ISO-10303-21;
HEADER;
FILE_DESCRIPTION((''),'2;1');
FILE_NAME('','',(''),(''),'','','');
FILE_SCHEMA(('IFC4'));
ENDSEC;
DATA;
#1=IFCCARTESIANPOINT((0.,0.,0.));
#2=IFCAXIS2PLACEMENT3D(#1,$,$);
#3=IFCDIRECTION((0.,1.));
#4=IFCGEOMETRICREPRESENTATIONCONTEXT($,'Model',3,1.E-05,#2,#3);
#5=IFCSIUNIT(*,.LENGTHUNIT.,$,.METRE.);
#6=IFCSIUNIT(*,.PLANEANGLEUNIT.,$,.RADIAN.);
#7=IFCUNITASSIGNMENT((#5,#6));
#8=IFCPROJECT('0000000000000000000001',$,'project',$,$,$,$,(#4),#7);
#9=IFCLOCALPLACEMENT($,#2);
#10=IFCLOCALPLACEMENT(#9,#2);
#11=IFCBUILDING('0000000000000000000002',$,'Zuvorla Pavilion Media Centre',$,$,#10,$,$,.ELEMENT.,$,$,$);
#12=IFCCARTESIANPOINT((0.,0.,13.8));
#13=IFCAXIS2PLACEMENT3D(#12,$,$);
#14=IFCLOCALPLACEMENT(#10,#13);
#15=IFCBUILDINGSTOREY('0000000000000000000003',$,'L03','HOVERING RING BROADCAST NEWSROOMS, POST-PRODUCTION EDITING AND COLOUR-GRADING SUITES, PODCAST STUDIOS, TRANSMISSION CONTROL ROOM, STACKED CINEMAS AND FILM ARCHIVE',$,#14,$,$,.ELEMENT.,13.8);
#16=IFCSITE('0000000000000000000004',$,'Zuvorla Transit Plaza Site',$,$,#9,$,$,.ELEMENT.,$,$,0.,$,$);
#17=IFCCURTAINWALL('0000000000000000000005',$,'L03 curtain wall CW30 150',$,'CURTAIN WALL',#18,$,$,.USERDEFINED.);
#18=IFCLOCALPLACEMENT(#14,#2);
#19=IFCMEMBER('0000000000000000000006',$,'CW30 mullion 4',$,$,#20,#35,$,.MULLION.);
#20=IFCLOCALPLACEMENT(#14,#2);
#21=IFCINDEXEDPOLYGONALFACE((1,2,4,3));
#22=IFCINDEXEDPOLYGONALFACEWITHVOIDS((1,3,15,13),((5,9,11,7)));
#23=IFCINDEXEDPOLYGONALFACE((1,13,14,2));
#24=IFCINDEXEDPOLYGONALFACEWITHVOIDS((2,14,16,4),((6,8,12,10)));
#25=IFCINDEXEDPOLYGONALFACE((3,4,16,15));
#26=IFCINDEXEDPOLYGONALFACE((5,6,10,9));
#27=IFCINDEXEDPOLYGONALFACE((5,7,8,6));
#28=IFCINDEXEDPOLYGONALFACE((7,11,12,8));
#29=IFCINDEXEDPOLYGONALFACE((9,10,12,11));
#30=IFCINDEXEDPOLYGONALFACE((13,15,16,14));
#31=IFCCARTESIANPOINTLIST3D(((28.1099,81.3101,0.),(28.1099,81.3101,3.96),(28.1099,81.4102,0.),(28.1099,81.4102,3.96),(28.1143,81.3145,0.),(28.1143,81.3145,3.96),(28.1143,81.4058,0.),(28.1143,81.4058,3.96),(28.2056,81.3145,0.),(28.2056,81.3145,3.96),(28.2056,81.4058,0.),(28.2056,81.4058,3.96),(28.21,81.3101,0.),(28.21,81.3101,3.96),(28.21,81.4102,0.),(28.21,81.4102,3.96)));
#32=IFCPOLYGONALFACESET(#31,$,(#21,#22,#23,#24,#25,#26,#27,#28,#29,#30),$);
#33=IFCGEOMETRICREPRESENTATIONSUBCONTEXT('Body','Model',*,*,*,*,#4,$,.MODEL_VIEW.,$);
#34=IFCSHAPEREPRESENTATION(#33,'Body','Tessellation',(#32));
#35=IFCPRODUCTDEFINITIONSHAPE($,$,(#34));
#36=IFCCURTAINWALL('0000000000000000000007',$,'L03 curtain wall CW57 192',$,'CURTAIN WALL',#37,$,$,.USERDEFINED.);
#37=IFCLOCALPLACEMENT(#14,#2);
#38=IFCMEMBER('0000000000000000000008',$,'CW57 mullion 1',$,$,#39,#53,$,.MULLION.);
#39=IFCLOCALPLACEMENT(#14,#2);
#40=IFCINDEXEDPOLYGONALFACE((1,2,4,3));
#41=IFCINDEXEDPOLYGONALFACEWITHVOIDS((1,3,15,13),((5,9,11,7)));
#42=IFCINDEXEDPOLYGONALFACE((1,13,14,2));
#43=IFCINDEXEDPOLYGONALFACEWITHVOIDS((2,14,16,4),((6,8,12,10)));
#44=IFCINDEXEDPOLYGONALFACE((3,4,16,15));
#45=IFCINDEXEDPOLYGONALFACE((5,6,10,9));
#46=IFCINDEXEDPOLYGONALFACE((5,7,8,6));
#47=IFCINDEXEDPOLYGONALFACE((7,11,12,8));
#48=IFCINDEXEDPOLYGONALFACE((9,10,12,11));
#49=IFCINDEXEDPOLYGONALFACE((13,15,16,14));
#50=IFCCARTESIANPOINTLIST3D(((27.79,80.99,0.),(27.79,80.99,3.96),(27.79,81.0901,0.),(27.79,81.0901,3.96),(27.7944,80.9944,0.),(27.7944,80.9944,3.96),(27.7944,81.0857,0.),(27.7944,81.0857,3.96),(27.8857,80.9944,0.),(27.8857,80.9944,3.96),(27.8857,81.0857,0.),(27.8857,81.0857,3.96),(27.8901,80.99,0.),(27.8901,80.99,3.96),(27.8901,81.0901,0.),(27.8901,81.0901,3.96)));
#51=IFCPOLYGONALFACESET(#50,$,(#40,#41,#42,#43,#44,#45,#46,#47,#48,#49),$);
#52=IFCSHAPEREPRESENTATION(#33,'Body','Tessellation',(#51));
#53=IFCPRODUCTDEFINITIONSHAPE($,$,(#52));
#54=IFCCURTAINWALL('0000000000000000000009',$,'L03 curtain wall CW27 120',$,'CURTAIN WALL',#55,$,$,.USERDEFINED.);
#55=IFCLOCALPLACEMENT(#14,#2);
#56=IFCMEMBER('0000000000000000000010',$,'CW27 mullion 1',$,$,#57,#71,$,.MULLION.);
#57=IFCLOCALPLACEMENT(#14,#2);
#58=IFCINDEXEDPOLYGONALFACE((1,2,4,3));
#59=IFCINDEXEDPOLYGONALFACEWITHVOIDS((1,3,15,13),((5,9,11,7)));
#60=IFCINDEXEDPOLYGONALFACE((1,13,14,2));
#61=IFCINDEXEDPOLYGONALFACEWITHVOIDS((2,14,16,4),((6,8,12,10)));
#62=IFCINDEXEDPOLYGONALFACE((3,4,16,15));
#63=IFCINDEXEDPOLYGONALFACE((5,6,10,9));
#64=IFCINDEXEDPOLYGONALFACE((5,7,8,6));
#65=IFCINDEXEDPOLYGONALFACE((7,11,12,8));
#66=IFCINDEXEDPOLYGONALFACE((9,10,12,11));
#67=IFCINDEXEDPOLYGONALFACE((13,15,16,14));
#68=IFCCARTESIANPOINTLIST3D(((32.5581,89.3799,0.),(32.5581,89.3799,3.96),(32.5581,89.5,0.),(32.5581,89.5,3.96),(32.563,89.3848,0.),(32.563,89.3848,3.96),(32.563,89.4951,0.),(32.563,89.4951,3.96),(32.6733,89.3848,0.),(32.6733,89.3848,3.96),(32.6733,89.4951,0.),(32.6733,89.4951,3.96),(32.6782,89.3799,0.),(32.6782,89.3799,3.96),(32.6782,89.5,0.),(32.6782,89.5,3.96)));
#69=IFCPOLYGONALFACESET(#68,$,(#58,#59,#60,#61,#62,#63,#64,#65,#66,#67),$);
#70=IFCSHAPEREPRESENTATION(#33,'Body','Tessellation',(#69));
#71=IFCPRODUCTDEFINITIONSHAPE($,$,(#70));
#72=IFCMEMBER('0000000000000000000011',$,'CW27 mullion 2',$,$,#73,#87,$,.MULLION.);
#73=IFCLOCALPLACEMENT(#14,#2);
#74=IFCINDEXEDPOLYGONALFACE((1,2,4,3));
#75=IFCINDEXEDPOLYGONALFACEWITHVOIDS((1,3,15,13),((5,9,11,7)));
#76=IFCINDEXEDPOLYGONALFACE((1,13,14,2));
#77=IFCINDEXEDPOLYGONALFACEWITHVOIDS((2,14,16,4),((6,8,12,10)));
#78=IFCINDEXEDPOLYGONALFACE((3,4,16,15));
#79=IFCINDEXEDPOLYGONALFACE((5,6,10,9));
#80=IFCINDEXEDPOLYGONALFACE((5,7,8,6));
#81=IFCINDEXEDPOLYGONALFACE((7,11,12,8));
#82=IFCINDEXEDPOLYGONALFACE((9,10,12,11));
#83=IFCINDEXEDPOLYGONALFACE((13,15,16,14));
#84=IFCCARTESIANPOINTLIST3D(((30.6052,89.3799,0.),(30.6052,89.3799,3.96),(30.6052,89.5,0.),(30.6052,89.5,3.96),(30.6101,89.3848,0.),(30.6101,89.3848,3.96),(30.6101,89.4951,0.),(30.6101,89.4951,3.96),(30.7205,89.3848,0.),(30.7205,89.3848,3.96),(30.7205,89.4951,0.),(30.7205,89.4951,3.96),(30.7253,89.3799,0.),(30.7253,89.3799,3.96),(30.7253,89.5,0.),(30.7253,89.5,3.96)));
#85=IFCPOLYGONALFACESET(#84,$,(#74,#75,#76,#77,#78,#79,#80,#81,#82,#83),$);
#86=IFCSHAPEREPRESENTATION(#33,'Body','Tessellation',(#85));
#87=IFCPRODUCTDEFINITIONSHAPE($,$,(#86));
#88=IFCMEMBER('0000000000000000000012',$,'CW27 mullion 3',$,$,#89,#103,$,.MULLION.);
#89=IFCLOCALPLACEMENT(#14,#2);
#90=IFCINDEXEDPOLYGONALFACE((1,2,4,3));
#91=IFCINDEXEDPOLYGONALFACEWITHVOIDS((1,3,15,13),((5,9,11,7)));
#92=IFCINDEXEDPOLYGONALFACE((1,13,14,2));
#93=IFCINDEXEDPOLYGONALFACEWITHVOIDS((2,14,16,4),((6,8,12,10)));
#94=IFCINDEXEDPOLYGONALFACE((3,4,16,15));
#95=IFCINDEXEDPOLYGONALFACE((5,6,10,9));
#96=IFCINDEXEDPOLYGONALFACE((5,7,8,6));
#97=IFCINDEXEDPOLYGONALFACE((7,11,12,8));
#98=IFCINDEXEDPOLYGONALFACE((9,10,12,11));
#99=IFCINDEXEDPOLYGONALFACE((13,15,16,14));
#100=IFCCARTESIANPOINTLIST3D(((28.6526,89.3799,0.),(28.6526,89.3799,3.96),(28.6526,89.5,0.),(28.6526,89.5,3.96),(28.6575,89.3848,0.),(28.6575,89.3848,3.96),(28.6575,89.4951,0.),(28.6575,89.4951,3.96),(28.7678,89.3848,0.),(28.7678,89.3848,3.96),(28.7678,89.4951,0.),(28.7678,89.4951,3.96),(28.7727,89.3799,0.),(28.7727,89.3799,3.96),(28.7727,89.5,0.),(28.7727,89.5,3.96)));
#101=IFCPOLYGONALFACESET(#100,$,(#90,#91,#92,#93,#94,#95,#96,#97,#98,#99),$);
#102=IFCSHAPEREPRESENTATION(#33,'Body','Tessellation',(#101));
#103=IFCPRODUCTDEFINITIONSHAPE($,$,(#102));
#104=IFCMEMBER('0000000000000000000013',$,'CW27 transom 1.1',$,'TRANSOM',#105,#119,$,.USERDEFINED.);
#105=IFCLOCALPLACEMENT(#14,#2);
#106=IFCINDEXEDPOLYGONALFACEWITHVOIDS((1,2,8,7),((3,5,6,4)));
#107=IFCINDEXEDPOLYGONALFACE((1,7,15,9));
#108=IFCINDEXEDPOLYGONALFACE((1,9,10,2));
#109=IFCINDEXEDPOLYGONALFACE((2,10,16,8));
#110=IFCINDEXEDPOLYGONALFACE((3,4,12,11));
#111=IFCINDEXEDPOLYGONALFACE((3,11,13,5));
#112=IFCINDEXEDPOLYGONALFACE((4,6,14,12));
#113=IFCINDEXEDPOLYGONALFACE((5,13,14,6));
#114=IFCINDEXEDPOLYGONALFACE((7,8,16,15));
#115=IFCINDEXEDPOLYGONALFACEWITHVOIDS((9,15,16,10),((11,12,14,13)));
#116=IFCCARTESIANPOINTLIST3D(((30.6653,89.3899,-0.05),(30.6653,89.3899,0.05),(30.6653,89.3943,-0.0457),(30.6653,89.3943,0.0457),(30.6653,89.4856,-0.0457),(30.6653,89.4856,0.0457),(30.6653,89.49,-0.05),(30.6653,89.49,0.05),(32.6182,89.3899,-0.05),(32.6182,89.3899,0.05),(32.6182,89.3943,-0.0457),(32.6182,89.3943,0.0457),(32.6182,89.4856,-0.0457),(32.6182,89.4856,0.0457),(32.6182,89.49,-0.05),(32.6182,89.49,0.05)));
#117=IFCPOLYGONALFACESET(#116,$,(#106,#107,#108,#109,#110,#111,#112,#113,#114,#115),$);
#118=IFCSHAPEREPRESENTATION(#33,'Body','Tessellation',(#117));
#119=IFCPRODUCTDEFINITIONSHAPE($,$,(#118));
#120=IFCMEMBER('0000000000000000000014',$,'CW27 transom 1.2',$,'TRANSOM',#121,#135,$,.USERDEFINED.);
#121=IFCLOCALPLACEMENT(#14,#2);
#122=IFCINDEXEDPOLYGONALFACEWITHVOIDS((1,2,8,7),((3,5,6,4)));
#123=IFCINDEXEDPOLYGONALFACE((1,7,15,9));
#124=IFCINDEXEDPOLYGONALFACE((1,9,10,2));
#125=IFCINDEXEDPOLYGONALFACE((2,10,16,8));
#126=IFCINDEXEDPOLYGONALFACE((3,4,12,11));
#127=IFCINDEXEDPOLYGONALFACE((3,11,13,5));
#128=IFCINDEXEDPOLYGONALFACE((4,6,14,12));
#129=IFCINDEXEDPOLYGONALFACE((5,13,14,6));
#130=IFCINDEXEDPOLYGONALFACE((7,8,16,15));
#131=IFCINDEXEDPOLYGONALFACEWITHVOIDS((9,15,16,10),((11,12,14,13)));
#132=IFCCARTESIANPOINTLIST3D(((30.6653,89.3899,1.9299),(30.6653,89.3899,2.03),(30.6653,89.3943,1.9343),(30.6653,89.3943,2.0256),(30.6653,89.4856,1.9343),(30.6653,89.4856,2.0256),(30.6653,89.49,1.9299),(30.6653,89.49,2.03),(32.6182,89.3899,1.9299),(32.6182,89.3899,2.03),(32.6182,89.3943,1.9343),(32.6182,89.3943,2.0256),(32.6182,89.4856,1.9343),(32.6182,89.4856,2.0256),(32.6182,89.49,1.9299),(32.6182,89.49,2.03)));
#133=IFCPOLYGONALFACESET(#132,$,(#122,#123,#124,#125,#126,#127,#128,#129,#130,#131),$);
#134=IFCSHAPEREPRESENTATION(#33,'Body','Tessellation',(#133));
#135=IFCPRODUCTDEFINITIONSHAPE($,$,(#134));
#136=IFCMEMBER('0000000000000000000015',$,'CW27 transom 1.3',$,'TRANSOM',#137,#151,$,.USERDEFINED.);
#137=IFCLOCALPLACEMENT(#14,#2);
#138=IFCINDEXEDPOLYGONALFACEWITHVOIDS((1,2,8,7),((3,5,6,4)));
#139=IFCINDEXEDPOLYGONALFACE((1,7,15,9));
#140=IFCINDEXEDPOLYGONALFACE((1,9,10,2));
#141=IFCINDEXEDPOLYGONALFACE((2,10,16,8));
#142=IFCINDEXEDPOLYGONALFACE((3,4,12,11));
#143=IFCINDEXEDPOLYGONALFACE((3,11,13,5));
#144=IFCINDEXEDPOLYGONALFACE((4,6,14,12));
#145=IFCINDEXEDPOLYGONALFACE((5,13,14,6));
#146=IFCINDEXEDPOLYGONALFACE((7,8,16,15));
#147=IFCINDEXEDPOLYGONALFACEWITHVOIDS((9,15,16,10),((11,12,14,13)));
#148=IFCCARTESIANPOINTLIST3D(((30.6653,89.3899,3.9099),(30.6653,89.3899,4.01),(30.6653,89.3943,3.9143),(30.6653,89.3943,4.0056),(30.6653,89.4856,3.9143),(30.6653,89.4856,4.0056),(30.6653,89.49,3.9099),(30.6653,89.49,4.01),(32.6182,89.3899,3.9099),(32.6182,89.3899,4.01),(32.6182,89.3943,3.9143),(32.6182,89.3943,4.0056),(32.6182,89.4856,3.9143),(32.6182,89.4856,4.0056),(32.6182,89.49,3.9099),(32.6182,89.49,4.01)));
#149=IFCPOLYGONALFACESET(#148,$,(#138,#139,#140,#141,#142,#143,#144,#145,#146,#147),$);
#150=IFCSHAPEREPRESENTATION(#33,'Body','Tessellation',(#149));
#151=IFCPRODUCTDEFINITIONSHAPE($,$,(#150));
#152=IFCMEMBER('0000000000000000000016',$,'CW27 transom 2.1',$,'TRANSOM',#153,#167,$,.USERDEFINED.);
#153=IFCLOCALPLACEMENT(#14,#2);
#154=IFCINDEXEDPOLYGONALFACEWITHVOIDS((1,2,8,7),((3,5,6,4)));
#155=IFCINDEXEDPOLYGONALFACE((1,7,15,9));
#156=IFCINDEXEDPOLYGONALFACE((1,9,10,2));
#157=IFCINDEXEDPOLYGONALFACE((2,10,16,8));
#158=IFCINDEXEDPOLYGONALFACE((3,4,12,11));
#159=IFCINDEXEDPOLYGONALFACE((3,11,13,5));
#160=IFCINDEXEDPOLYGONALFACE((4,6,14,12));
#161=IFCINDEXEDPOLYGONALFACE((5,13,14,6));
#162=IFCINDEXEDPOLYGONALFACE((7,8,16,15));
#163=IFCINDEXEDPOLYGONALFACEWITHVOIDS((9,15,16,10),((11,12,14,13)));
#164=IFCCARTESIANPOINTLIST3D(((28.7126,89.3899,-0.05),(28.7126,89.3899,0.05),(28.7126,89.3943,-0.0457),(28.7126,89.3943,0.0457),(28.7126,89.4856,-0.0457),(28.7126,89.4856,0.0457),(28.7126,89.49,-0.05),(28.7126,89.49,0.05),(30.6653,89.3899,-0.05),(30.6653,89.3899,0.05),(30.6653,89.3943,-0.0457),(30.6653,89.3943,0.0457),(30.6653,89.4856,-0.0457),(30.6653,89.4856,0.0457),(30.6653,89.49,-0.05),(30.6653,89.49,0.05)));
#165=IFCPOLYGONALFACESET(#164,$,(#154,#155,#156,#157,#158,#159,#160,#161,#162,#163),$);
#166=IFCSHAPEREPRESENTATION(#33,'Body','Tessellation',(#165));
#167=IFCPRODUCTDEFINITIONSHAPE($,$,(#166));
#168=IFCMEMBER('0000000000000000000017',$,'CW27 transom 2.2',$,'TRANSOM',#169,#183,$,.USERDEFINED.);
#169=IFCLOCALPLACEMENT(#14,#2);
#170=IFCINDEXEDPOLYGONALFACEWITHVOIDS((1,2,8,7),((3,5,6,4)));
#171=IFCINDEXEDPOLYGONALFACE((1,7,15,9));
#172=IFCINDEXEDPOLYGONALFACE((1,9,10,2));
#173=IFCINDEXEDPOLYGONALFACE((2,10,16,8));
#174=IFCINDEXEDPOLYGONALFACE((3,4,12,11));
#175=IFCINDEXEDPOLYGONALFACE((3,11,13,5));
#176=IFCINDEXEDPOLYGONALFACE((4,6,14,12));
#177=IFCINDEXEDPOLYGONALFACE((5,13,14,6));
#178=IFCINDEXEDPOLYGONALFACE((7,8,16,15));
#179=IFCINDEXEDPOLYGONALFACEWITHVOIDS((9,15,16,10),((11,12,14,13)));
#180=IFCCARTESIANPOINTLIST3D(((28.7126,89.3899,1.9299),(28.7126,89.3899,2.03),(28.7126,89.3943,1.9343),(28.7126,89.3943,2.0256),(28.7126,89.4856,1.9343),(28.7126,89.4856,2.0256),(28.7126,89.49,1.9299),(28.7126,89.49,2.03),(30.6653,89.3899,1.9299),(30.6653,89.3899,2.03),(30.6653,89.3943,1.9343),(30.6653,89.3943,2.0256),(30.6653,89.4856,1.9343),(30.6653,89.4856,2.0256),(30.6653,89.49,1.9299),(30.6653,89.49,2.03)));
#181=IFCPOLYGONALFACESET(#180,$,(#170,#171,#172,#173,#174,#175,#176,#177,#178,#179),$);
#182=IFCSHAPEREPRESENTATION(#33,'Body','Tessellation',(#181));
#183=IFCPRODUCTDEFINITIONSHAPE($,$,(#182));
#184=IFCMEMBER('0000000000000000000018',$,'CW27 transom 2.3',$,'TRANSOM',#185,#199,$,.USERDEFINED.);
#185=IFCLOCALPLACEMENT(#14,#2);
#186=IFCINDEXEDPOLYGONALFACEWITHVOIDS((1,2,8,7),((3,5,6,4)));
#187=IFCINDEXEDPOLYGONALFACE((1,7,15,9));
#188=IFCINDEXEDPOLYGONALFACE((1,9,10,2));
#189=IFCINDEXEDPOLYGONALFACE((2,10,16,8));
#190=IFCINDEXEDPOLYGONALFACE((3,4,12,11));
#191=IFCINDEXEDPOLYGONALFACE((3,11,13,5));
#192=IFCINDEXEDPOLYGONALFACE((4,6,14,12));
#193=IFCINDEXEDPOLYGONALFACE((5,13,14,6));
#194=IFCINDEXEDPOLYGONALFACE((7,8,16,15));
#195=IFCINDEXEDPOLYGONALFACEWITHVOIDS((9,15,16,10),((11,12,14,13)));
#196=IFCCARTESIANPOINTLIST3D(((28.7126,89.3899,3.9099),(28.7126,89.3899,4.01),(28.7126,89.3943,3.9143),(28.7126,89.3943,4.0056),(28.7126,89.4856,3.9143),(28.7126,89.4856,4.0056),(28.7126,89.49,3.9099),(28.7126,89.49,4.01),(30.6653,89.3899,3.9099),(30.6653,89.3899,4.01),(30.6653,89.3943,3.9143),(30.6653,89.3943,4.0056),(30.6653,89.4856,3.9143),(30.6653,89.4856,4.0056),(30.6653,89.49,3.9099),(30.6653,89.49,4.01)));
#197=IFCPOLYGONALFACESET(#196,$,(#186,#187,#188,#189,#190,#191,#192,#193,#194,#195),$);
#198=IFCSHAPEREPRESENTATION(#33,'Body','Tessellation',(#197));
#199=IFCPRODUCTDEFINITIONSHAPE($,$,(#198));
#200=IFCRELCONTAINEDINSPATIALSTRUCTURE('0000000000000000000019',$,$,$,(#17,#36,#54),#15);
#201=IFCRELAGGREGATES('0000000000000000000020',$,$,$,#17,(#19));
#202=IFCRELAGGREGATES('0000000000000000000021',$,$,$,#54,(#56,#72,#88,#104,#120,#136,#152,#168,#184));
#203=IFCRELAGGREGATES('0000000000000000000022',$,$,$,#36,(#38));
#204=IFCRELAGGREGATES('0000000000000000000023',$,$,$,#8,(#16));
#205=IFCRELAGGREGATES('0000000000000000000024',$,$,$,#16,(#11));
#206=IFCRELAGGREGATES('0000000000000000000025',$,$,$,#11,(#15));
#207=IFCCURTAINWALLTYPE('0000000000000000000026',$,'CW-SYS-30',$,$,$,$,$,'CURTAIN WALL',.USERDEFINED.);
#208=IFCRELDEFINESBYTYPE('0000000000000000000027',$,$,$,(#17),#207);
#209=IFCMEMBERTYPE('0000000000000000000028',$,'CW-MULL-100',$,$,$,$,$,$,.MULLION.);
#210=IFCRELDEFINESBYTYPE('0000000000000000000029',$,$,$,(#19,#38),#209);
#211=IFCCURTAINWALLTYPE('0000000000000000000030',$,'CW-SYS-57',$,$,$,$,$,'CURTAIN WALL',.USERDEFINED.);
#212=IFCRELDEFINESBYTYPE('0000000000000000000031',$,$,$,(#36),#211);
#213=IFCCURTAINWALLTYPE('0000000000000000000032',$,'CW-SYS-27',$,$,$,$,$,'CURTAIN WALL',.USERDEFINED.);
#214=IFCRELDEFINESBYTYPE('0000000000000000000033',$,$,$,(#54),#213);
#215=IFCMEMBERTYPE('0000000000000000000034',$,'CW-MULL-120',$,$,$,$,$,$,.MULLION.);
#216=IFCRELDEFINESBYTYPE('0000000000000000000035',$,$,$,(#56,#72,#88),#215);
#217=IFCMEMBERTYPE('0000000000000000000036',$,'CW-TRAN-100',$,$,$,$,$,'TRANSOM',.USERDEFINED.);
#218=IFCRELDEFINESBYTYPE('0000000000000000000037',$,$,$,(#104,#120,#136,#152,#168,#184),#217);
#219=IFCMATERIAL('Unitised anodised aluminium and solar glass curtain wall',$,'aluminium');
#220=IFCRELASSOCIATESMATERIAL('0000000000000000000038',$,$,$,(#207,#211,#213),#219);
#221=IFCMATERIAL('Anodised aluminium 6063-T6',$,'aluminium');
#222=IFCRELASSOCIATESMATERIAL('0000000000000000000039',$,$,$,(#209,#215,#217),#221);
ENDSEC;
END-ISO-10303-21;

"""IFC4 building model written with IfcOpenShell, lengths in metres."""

from ifc_helpers import new_model, si_unit, direction, frame, origin, origin_2d, place, context, subcontext, project, spatial, hollow_rectangle, extrude, material, material_profile, profile_set, type_object, element, aggregate, save


model = new_model("IFC4")

# Units and contexts
model_context = context("Model", 3, precision=1e-05, world=origin(), true_north=direction((0.0, 1.0)))
body_context = subcontext(model_context, "Body", "Model", "MODEL_VIEW")
ifc_project = project(units=[si_unit("LENGTHUNIT", "METRE"), si_unit("PLANEANGLEUNIT", "RADIAN")], contexts=[model_context])

# Site, building, storey
site_placement = place(None, origin())
site = spatial("IfcSite", under=ifc_project, at=site_placement, Name="Zuvorla Transit Plaza Site", CompositionType="ELEMENT", RefElevation=0.0)
building_placement = place(site_placement, origin())
building = spatial("IfcBuilding", under=site, at=building_placement, Name="Zuvorla Pavilion Media Centre", CompositionType="ELEMENT")
storey_placement = place(building_placement, frame((0.0, 0.0, 13.8)))
storey = spatial("IfcBuildingStorey", under=building, at=storey_placement, Name="L03", Description="HOVERING RING BROADCAST NEWSROOMS, POST-PRODUCTION EDITING AND COLOUR-GRADING SUITES, PODCAST STUDIOS, TRANSMISSION CONTROL ROOM, STACKED CINEMAS AND FILM ARCHIVE", CompositionType="ELEMENT", Elevation=13.8)

# Curtain wall, member
ifc_material_1 = material(Name="Unitised anodised aluminium and solar glass curtain wall", Category="aluminium")
curtain_wall_type_1 = type_object("IfcCurtainWallType", Name="CW-SYS-30", ElementType="CURTAIN WALL", PredefinedType="USERDEFINED", material=ifc_material_1)
curtain_wall_1_placement = place(storey_placement, origin())
curtain_wall_1 = element("IfcCurtainWall", 1, at=curtain_wall_1_placement, inside=storey, type_object=curtain_wall_type_1, Name="L03 curtain wall CW30 150", ObjectType="CURTAIN WALL", PredefinedType="USERDEFINED")
ifc_material_2 = material(Name="Anodised aluminium 6063-T6", Category="aluminium")
ifc_material_profile_1 = material_profile(ifc_material_2, hollow_rectangle(XDim=0.1001, YDim=0.1001, WallThickness=0.0044, at=origin_2d()), Name="ALU MULL 100x100")
ifc_profile_set_1 = profile_set([ifc_material_profile_1], Name="Anodised aluminium 6063-T6")
member_type_1 = type_object("IfcMemberType", Name="CW-MULL-100", PredefinedType="MULLION", material=ifc_profile_set_1)
member_1_placement = place(storey_placement, frame((28.1599, 81.3601, 0.0), z_axis=(0.0, 0.0, 1.0), x_axis=(1.0, 0.0, 0.0)))
member_1 = element("IfcMember", 2, at=member_1_placement, type_object=member_type_1, Name="CW30 mullion 4", PredefinedType="MULLION", context=body_context, shape_type="SweptSolid", body=[
    extrude(hollow_rectangle(XDim=0.1001, YDim=0.1001, WallThickness=0.0044, at=origin_2d()), origin(), (0.0, 0.0, 1.0), 3.96),
])

# Curtain wall, member
curtain_wall_type_2 = type_object("IfcCurtainWallType", Name="CW-SYS-57", ElementType="CURTAIN WALL", PredefinedType="USERDEFINED", material=ifc_material_1)
curtain_wall_2_placement = place(storey_placement, origin())
curtain_wall_2 = element("IfcCurtainWall", 3, at=curtain_wall_2_placement, inside=storey, type_object=curtain_wall_type_2, Name="L03 curtain wall CW57 192", ObjectType="CURTAIN WALL", PredefinedType="USERDEFINED")
member_2_placement = place(storey_placement, frame((27.8401, 81.04, 0.0), z_axis=(0.0, 0.0, 1.0), x_axis=(1.0, 0.0, 0.0)))
member_2 = element("IfcMember", 4, at=member_2_placement, type_object=member_type_1, Name="CW57 mullion 1", PredefinedType="MULLION", context=body_context, shape_type="SweptSolid", body=[
    extrude(hollow_rectangle(XDim=0.1001, YDim=0.1001, WallThickness=0.0044, at=origin_2d()), origin(), (0.0, 0.0, 1.0), 3.96),
])

# Curtain wall, members
curtain_wall_type_3 = type_object("IfcCurtainWallType", Name="CW-SYS-27", ElementType="CURTAIN WALL", PredefinedType="USERDEFINED", material=ifc_material_1)
curtain_wall_3_placement = place(storey_placement, origin())
curtain_wall_3 = element("IfcCurtainWall", 5, at=curtain_wall_3_placement, inside=storey, type_object=curtain_wall_type_3, Name="L03 curtain wall CW27 120", ObjectType="CURTAIN WALL", PredefinedType="USERDEFINED")
ifc_material_profile_2 = material_profile(ifc_material_2, hollow_rectangle(XDim=0.1201, YDim=0.1201, WallThickness=0.0049, at=origin_2d()), Name="ALU MULL 120x120")
ifc_profile_set_2 = profile_set([ifc_material_profile_2], Name="Anodised aluminium 6063-T6")
member_type_2 = type_object("IfcMemberType", Name="CW-MULL-120", PredefinedType="MULLION", material=ifc_profile_set_2)
member_3_placement = place(storey_placement, frame((32.6182, 89.4399, 0.0), z_axis=(0.0, 0.0, 1.0), x_axis=(1.0, 0.0, 0.0)))
member_3 = element("IfcMember", 6, at=member_3_placement, type_object=member_type_2, Name="CW27 mullion 1", PredefinedType="MULLION", context=body_context, shape_type="SweptSolid", body=[
    extrude(hollow_rectangle(XDim=0.1201, YDim=0.1201, WallThickness=0.0049, at=origin_2d()), origin(), (0.0, 0.0, 1.0), 3.96),
])
member_4_placement = place(storey_placement, frame((30.6653, 89.4399, 0.0), z_axis=(0.0, 0.0, 1.0), x_axis=(1.0, 0.0, 0.0)))
member_4 = element("IfcMember", 7, at=member_4_placement, type_object=member_type_2, Name="CW27 mullion 2", PredefinedType="MULLION", context=body_context, shape_type="SweptSolid", body=[
    extrude(hollow_rectangle(XDim=0.1201, YDim=0.1201, WallThickness=0.0049, at=origin_2d()), origin(), (0.0, 0.0, 1.0), 3.96),
])
member_5_placement = place(storey_placement, frame((28.7126, 89.4399, 0.0), z_axis=(0.0, 0.0, 1.0), x_axis=(1.0, 0.0, 0.0)))
member_5 = element("IfcMember", 8, at=member_5_placement, type_object=member_type_2, Name="CW27 mullion 3", PredefinedType="MULLION", context=body_context, shape_type="SweptSolid", body=[
    extrude(hollow_rectangle(XDim=0.1201, YDim=0.1201, WallThickness=0.0049, at=origin_2d()), origin(), (0.0, 0.0, 1.0), 3.96),
])
ifc_material_profile_3 = material_profile(ifc_material_2, hollow_rectangle(XDim=0.1001, YDim=0.1001, WallThickness=0.0044, at=origin_2d()), Name="ALU TRAN 100x100")
ifc_profile_set_3 = profile_set([ifc_material_profile_3], Name="Anodised aluminium 6063-T6")
member_type_3 = type_object("IfcMemberType", Name="CW-TRAN-100", ElementType="TRANSOM", PredefinedType="USERDEFINED", material=ifc_profile_set_3)
member_6_placement = place(storey_placement, frame((32.6182, 89.4399, 0.0), z_axis=(-1.0, 0.0, 0.0), x_axis=(0.0, -1.0, 0.0)))
member_6 = element("IfcMember", 9, at=member_6_placement, type_object=member_type_3, Name="CW27 transom 1.1", ObjectType="TRANSOM", PredefinedType="USERDEFINED", context=body_context, shape_type="SweptSolid", body=[
    extrude(hollow_rectangle(XDim=0.1001, YDim=0.1001, WallThickness=0.0044, at=origin_2d()), origin(), (0.0, 0.0, 1.0), 1.9529),
])
member_7_placement = place(storey_placement, frame((32.6182, 89.4399, 1.98), z_axis=(-1.0, 0.0, 0.0), x_axis=(0.0, -1.0, 0.0)))
member_7 = element("IfcMember", 10, at=member_7_placement, type_object=member_type_3, Name="CW27 transom 1.2", ObjectType="TRANSOM", PredefinedType="USERDEFINED", context=body_context, shape_type="SweptSolid", body=[
    extrude(hollow_rectangle(XDim=0.1001, YDim=0.1001, WallThickness=0.0044, at=origin_2d()), origin(), (0.0, 0.0, 1.0), 1.9529),
])
member_8_placement = place(storey_placement, frame((32.6182, 89.4399, 3.96), z_axis=(-1.0, 0.0, 0.0), x_axis=(0.0, -1.0, 0.0)))
member_8 = element("IfcMember", 11, at=member_8_placement, type_object=member_type_3, Name="CW27 transom 1.3", ObjectType="TRANSOM", PredefinedType="USERDEFINED", context=body_context, shape_type="SweptSolid", body=[
    extrude(hollow_rectangle(XDim=0.1001, YDim=0.1001, WallThickness=0.0044, at=origin_2d()), origin(), (0.0, 0.0, 1.0), 1.9529),
])
member_9_placement = place(storey_placement, frame((30.6653, 89.4399, 0.0), z_axis=(-1.0, 0.0, 0.0), x_axis=(0.0, -1.0, 0.0)))
member_9 = element("IfcMember", 12, at=member_9_placement, type_object=member_type_3, Name="CW27 transom 2.1", ObjectType="TRANSOM", PredefinedType="USERDEFINED", context=body_context, shape_type="SweptSolid", body=[
    extrude(hollow_rectangle(XDim=0.1001, YDim=0.1001, WallThickness=0.0044, at=origin_2d()), origin(), (0.0, 0.0, 1.0), 1.9526),
])
member_10_placement = place(storey_placement, frame((30.6653, 89.4399, 1.98), z_axis=(-1.0, 0.0, 0.0), x_axis=(0.0, -1.0, 0.0)))
member_10 = element("IfcMember", 13, at=member_10_placement, type_object=member_type_3, Name="CW27 transom 2.2", ObjectType="TRANSOM", PredefinedType="USERDEFINED", context=body_context, shape_type="SweptSolid", body=[
    extrude(hollow_rectangle(XDim=0.1001, YDim=0.1001, WallThickness=0.0044, at=origin_2d()), origin(), (0.0, 0.0, 1.0), 1.9526),
])
member_11_placement = place(storey_placement, frame((30.6653, 89.4399, 3.96), z_axis=(-1.0, 0.0, 0.0), x_axis=(0.0, -1.0, 0.0)))
member_11 = element("IfcMember", 14, at=member_11_placement, type_object=member_type_3, Name="CW27 transom 2.3", ObjectType="TRANSOM", PredefinedType="USERDEFINED", context=body_context, shape_type="SweptSolid", body=[
    extrude(hollow_rectangle(XDim=0.1001, YDim=0.1001, WallThickness=0.0044, at=origin_2d()), origin(), (0.0, 0.0, 1.0), 1.9526),
])

aggregate(curtain_wall_1, [member_1])
aggregate(curtain_wall_3, [member_3, member_4, member_5, member_6, member_7, member_8, member_9, member_10, member_11])
aggregate(curtain_wall_2, [member_2])

save(model, "model.ifc")
